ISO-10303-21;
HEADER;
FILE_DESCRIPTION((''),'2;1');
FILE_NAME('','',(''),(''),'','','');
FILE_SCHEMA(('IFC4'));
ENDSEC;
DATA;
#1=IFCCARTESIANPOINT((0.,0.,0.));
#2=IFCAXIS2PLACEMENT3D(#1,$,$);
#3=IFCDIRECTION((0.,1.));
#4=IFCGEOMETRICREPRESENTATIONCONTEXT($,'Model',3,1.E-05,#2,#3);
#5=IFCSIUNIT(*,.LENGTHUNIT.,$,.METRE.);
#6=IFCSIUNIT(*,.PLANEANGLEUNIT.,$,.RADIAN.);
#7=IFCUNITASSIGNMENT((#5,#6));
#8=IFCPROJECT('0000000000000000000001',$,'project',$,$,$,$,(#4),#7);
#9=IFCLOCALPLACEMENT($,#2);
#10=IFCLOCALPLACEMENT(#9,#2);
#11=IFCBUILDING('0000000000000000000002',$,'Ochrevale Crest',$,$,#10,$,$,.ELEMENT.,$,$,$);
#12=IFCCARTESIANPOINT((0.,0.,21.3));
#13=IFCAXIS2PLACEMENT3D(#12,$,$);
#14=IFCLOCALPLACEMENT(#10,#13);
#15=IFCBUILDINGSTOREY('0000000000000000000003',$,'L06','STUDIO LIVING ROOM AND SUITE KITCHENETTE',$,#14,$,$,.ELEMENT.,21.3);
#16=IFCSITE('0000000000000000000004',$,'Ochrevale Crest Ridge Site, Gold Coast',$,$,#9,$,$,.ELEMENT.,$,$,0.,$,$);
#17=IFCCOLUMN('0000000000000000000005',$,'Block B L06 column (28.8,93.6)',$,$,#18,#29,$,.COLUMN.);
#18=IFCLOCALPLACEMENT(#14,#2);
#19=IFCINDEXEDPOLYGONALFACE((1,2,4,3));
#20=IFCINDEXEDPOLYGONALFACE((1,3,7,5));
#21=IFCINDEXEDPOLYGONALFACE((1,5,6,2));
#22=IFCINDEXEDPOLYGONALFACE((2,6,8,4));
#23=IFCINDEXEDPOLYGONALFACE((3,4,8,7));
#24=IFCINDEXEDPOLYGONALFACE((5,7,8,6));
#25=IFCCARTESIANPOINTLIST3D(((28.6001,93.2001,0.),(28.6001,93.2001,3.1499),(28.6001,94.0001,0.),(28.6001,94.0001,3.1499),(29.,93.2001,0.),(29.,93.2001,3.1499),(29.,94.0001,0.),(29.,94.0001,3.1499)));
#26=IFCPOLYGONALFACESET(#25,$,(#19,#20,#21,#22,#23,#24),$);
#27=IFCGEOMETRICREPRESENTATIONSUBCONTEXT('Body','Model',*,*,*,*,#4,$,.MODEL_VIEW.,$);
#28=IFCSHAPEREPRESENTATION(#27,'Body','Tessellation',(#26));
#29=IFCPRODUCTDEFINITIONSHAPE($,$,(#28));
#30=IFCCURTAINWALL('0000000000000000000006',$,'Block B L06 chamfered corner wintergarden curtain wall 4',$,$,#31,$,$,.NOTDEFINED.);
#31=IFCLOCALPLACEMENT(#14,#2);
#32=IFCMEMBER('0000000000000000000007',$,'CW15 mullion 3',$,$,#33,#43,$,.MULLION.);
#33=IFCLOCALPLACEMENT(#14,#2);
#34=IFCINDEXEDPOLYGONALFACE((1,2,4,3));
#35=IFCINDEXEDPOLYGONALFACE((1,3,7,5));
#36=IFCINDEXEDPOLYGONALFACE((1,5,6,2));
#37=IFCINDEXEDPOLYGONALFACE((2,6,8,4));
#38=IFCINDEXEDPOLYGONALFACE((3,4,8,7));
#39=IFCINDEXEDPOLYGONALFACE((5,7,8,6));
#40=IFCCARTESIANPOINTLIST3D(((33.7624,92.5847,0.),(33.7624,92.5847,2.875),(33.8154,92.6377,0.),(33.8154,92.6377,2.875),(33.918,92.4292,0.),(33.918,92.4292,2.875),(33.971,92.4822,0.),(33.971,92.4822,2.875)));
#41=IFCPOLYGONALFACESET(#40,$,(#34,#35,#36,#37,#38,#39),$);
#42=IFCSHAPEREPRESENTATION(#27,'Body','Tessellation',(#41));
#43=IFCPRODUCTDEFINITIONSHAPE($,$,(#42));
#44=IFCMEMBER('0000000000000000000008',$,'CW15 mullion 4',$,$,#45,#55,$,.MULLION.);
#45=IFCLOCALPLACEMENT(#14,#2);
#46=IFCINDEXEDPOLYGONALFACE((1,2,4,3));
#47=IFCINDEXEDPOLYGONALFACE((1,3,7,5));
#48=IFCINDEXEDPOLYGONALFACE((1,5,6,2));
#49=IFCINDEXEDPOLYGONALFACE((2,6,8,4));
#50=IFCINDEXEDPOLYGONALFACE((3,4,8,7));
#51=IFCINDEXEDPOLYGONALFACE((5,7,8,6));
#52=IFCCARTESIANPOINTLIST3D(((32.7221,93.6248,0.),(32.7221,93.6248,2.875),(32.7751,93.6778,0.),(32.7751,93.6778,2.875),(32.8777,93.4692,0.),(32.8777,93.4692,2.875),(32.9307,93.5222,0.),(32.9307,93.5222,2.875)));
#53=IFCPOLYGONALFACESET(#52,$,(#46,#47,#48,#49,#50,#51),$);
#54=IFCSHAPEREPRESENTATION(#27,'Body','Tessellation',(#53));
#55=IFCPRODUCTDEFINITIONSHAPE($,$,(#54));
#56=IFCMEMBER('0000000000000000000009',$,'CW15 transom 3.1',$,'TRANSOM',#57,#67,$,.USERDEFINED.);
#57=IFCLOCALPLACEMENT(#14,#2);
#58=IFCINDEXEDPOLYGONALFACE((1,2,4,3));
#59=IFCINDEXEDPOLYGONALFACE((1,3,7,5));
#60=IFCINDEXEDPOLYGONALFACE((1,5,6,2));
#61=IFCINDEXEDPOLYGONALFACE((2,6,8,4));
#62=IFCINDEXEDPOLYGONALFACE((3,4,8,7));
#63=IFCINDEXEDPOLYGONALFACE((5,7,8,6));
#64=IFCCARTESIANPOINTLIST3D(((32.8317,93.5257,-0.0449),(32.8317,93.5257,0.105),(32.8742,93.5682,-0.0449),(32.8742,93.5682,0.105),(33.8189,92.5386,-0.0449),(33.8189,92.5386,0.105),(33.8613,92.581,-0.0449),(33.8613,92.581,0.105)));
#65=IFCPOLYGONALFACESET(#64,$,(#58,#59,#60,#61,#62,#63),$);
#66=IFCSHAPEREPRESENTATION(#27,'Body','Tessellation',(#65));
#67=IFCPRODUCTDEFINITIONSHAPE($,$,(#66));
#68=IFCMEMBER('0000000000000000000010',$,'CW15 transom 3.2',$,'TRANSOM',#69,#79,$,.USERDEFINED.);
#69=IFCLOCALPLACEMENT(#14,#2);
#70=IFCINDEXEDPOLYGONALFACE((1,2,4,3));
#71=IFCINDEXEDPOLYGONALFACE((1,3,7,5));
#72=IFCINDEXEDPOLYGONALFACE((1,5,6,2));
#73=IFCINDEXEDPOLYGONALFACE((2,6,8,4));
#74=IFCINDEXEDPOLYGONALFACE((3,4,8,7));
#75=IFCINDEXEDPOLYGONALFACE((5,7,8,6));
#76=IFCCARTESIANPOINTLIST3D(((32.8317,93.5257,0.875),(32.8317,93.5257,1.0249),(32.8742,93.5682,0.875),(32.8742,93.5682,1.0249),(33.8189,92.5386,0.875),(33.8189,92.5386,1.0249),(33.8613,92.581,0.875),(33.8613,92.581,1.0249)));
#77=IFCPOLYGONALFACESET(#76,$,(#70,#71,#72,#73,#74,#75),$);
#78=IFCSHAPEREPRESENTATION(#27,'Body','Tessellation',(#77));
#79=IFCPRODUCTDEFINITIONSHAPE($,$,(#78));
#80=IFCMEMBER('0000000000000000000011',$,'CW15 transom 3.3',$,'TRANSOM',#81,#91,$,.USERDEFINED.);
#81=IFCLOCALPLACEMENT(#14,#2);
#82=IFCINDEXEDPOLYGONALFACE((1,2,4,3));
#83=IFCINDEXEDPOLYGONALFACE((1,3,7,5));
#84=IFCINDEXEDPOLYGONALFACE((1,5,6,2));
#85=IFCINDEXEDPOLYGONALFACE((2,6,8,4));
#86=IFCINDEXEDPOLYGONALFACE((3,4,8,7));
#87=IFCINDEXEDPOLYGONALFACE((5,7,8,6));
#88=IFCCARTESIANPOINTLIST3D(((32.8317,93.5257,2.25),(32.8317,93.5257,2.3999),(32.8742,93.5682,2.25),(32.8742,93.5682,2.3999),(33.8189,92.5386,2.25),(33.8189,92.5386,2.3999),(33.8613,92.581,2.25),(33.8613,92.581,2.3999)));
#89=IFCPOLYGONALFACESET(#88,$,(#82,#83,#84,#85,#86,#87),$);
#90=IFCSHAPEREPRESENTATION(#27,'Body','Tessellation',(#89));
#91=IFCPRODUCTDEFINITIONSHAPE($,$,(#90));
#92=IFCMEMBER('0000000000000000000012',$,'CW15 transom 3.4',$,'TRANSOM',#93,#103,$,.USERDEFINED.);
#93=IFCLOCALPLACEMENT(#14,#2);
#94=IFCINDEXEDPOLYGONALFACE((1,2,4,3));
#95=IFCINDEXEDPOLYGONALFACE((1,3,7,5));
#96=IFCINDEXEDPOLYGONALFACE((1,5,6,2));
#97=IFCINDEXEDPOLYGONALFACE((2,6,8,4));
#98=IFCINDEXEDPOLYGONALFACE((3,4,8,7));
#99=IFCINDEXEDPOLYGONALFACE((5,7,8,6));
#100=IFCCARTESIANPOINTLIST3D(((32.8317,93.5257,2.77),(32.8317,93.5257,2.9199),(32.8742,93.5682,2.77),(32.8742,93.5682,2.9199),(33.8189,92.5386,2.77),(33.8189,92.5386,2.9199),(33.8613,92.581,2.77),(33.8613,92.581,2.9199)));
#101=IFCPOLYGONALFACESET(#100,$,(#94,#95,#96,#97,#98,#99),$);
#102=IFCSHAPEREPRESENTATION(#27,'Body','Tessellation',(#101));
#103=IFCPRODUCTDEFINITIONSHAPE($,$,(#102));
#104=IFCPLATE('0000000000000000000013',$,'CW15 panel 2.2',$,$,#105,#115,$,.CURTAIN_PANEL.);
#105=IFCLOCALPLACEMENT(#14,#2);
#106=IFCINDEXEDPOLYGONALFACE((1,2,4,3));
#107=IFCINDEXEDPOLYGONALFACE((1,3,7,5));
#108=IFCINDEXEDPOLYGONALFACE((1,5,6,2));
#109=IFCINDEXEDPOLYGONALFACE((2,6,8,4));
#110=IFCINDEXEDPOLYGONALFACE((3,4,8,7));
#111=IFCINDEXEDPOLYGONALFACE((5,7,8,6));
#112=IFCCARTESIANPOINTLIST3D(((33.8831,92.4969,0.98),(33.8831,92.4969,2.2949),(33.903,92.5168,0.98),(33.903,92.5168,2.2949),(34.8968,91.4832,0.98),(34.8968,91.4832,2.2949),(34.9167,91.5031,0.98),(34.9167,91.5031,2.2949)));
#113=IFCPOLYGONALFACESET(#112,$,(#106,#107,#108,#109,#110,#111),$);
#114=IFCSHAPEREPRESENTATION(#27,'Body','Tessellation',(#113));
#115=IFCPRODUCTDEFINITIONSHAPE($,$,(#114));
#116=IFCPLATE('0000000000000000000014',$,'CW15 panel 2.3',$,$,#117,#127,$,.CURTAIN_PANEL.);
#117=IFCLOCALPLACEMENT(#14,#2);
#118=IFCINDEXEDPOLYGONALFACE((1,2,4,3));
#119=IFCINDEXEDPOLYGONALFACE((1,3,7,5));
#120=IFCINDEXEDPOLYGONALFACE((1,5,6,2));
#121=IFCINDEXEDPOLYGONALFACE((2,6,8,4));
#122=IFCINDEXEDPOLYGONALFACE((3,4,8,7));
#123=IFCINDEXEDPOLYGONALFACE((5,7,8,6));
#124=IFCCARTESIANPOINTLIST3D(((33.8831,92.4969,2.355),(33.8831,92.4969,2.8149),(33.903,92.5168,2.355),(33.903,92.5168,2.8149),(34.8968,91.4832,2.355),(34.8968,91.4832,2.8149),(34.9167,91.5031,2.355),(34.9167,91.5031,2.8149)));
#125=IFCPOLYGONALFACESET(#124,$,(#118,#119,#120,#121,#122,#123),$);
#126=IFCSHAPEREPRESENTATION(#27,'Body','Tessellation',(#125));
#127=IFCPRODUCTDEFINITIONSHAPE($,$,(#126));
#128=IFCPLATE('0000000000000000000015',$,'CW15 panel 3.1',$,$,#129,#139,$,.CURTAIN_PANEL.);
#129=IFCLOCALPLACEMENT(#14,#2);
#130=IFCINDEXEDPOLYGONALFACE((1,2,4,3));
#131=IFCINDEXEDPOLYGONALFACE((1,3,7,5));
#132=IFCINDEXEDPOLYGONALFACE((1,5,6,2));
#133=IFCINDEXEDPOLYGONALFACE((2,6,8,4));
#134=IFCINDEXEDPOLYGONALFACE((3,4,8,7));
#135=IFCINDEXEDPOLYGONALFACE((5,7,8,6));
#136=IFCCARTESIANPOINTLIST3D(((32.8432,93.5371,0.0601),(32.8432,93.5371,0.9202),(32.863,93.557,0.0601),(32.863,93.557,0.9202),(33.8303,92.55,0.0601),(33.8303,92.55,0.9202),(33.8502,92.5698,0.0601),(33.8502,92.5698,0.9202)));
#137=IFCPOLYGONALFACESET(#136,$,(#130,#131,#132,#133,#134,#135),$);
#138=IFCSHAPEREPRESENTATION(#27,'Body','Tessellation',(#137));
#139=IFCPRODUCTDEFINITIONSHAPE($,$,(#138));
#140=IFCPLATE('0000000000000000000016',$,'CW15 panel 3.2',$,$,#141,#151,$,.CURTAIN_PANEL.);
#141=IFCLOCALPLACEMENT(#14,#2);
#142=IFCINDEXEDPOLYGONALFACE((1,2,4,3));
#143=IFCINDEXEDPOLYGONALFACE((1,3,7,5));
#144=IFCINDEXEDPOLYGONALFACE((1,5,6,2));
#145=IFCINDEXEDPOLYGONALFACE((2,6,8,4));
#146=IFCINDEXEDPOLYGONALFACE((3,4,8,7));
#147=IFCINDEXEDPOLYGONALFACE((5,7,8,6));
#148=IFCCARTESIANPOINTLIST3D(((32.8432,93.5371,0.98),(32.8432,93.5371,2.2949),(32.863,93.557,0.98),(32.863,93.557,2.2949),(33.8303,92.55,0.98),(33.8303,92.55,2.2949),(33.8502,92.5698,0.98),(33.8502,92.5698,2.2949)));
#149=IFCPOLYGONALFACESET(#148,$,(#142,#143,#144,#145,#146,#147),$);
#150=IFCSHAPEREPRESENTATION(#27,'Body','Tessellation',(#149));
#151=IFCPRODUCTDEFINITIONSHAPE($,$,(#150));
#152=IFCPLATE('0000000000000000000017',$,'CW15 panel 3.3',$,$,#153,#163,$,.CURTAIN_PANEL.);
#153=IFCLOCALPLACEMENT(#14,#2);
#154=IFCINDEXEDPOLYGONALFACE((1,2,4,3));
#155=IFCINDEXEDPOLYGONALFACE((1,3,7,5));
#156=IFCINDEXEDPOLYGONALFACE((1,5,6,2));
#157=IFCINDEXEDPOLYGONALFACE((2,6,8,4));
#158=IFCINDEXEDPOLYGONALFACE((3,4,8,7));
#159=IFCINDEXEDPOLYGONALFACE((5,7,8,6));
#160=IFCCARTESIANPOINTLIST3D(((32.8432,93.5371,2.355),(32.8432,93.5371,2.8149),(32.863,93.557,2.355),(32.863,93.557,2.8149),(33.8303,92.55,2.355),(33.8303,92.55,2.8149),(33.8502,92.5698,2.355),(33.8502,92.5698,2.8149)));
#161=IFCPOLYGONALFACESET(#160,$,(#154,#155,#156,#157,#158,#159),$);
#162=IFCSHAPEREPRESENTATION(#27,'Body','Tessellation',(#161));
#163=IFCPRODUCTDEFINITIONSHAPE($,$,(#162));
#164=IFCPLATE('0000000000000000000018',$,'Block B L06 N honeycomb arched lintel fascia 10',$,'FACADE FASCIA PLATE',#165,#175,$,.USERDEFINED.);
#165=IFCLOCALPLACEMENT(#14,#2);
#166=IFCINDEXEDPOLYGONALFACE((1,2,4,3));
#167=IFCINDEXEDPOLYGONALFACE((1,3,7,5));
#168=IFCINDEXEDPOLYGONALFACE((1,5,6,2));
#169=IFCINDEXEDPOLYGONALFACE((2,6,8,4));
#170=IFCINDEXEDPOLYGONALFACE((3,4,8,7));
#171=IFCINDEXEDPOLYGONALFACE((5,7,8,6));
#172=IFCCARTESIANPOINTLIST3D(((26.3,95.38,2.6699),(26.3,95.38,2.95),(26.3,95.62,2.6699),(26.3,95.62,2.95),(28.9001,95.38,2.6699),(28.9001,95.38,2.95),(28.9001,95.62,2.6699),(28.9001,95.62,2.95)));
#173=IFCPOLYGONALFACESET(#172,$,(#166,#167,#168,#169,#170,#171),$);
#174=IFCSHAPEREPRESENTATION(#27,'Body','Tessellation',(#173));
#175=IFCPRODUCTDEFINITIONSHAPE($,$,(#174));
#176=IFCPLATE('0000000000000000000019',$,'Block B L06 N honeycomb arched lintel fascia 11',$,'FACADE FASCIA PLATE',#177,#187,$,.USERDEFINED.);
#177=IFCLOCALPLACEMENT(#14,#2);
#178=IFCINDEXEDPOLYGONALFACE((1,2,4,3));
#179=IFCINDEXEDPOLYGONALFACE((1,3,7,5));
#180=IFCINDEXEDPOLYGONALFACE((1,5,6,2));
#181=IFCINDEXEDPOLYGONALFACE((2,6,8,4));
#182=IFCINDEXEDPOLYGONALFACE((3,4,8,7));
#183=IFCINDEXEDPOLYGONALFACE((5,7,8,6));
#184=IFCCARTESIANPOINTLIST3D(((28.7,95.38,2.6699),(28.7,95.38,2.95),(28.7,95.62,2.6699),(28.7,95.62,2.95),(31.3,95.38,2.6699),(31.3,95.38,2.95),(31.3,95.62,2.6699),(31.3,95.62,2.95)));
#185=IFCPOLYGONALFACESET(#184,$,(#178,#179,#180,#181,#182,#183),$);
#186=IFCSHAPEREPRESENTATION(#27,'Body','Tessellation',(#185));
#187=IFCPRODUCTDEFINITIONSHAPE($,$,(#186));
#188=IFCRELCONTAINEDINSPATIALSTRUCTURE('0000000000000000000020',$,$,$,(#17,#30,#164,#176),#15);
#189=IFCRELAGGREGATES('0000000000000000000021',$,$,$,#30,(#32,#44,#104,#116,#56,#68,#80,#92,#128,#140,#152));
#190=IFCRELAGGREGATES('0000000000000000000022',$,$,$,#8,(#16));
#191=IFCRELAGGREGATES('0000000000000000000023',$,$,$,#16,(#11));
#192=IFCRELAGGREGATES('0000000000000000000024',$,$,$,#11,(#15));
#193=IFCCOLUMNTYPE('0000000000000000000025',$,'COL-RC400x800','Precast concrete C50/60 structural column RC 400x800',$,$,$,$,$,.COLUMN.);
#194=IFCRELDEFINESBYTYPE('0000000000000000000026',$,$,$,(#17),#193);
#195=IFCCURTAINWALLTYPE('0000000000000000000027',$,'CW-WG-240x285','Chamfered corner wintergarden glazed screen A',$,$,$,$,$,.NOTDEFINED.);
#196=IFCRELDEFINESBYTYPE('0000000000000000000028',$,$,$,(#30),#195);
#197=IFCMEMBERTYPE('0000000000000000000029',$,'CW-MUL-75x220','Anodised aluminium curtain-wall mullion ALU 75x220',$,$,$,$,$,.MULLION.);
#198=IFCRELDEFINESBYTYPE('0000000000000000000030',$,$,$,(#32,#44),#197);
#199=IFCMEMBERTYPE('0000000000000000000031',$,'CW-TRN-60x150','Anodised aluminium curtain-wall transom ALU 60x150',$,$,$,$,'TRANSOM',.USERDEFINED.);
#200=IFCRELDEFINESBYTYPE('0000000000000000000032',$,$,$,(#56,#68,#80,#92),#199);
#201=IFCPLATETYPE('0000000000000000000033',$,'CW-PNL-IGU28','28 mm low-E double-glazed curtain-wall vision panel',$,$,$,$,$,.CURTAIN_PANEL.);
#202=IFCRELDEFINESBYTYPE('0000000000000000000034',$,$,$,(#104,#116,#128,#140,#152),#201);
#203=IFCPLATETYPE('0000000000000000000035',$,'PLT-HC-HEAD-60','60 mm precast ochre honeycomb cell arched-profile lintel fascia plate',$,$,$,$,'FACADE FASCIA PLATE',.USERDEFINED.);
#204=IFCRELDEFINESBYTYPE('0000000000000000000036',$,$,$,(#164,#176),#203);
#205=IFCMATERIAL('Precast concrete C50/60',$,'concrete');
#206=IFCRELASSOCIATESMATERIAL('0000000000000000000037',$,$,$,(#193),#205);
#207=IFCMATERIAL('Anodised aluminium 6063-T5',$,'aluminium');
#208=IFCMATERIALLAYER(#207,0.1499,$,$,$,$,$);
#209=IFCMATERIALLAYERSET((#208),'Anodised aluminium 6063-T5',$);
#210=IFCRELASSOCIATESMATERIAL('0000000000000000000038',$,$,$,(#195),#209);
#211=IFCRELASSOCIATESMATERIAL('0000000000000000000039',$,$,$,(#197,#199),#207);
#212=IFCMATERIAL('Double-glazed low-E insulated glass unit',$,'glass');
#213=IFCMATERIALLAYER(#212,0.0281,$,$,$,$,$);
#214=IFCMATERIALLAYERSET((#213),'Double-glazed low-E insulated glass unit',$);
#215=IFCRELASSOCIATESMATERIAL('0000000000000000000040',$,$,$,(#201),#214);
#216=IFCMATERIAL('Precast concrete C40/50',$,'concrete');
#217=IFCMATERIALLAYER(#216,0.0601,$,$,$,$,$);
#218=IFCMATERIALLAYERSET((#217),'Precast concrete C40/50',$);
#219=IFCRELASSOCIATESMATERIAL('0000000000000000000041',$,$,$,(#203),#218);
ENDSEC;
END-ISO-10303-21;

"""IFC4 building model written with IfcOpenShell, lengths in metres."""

from ifc_helpers import new_model, si_unit, direction, frame, origin, origin_2d, place, context, subcontext, project, spatial, rectangle, extrude, material, layer, layer_set, material_profile, profile_set, type_object, element, aggregate, save


model = new_model("IFC4")

# Units and contexts
model_context = context("Model", 3, precision=1e-05, world=origin(), true_north=direction((0.0, 1.0)))
body_context = subcontext(model_context, "Body", "Model", "MODEL_VIEW")
ifc_project = project(units=[si_unit("LENGTHUNIT", "METRE"), si_unit("PLANEANGLEUNIT", "RADIAN")], contexts=[model_context])

# Site, building, storey
site_placement = place(None, origin())
site = spatial("IfcSite", under=ifc_project, at=site_placement, Name="Ochrevale Crest Ridge Site, Gold Coast", CompositionType="ELEMENT", RefElevation=0.0)
building_placement = place(site_placement, origin())
building = spatial("IfcBuilding", under=site, at=building_placement, Name="Ochrevale Crest", CompositionType="ELEMENT")
storey_placement = place(building_placement, frame((0.0, 0.0, 21.3)))
storey = spatial("IfcBuildingStorey", under=building, at=storey_placement, Name="L06", Description="STUDIO LIVING ROOM AND SUITE KITCHENETTE", CompositionType="ELEMENT", Elevation=21.3)

# Column
ifc_material_1 = material(Name="Precast concrete C50/60", Category="concrete")
ifc_material_profile_1 = material_profile(ifc_material_1, rectangle(XDim=0.3999, YDim=0.8, at=origin_2d()), Name="RC 400x800")
ifc_profile_set_1 = profile_set([ifc_material_profile_1], Name="Precast concrete C50/60")
column_type = type_object("IfcColumnType", Name="COL-RC400x800", Description="Precast concrete C50/60 structural column RC 400x800", PredefinedType="COLUMN", material=ifc_profile_set_1)
column_placement = place(storey_placement, frame((28.8, 93.6001, 0.0), z_axis=(0.0, 0.0, 1.0), x_axis=(1.0, 0.0, 0.0)))
element("IfcColumn", 1, at=column_placement, inside=storey, type_object=column_type, Name="Block B L06 column (28.8,93.6)", PredefinedType="COLUMN", context=body_context, shape_type="SweptSolid", body=[
    extrude(rectangle(XDim=0.3999, YDim=0.8, at=origin_2d()), origin(), (0.0, 0.0, 1.0), 3.1499),
])

# Curtain wall, members, plates
ifc_material_2 = material(Name="Anodised aluminium 6063-T5", Category="aluminium")
ifc_layer_1 = layer(ifc_material_2, 0.1499)
ifc_layer_set_1 = layer_set([ifc_layer_1], Name="Anodised aluminium 6063-T5")
curtain_wall_type = type_object("IfcCurtainWallType", Name="CW-WG-240x285", Description="Chamfered corner wintergarden glazed screen A", PredefinedType="NOTDEFINED", material=ifc_layer_set_1)
curtain_wall_placement = place(storey_placement, origin())
curtain_wall = element("IfcCurtainWall", 2, at=curtain_wall_placement, inside=storey, type_object=curtain_wall_type, Name="Block B L06 chamfered corner wintergarden curtain wall 4", PredefinedType="NOTDEFINED")
ifc_material_profile_2 = material_profile(ifc_material_2, rectangle(XDim=0.075, YDim=0.22, at=origin_2d()), Name="ALU 75x220")
ifc_profile_set_2 = profile_set([ifc_material_profile_2], Name="Anodised aluminium 6063-T5")
member_type_1 = type_object("IfcMemberType", Name="CW-MUL-75x220", Description="Anodised aluminium curtain-wall mullion ALU 75x220", PredefinedType="MULLION", material=ifc_profile_set_2)
member_1_placement = place(storey_placement, frame((33.8667, 92.5334, 0.0), z_axis=(0.0, 0.0, 1.0), x_axis=(-0.707107, -0.707107, 0.0)))
member_1 = element("IfcMember", 3, at=member_1_placement, type_object=member_type_1, Name="CW15 mullion 3", PredefinedType="MULLION", context=body_context, shape_type="SweptSolid", body=[
    extrude(rectangle(XDim=0.075, YDim=0.22, at=origin_2d()), origin(), (0.0, 0.0, 1.0), 2.875),
])
member_2_placement = place(storey_placement, frame((32.8264, 93.5735, 0.0), z_axis=(0.0, 0.0, 1.0), x_axis=(-0.707107, -0.707107, 0.0)))
member_2 = element("IfcMember", 4, at=member_2_placement, type_object=member_type_1, Name="CW15 mullion 4", PredefinedType="MULLION", context=body_context, shape_type="SweptSolid", body=[
    extrude(rectangle(XDim=0.075, YDim=0.22, at=origin_2d()), origin(), (0.0, 0.0, 1.0), 2.875),
])
ifc_material_profile_3 = material_profile(ifc_material_2, rectangle(XDim=0.0601, YDim=0.1499, at=origin_2d()), Name="ALU 60x150")
ifc_profile_set_3 = profile_set([ifc_material_profile_3], Name="Anodised aluminium 6063-T5")
member_type_2 = type_object("IfcMemberType", Name="CW-TRN-60x150", Description="Anodised aluminium curtain-wall transom ALU 60x150", ElementType="TRANSOM", PredefinedType="USERDEFINED", material=ifc_profile_set_3)
member_3_placement = place(storey_placement, frame((33.8401, 92.5598, 0.03), z_axis=(-0.707107, 0.707107, 0.0), x_axis=(-0.707107, -0.707107, 0.0)))
member_3 = element("IfcMember", 5, at=member_3_placement, type_object=member_type_2, Name="CW15 transom 3.1", ObjectType="TRANSOM", PredefinedType="USERDEFINED", context=body_context, shape_type="SweptSolid", body=[
    extrude(rectangle(XDim=0.0601, YDim=0.1499, at=origin_2d()), origin(), (0.0, 0.0, 1.0), 1.396),
])
member_4_placement = place(storey_placement, frame((33.8401, 92.5598, 0.95), z_axis=(-0.707107, 0.707107, 0.0), x_axis=(-0.707107, -0.707107, 0.0)))
member_4 = element("IfcMember", 6, at=member_4_placement, type_object=member_type_2, Name="CW15 transom 3.2", ObjectType="TRANSOM", PredefinedType="USERDEFINED", context=body_context, shape_type="SweptSolid", body=[
    extrude(rectangle(XDim=0.0601, YDim=0.1499, at=origin_2d()), origin(), (0.0, 0.0, 1.0), 1.396),
])
member_5_placement = place(storey_placement, frame((33.8401, 92.5598, 2.325), z_axis=(-0.707107, 0.707107, 0.0), x_axis=(-0.707107, -0.707107, 0.0)))
member_5 = element("IfcMember", 7, at=member_5_placement, type_object=member_type_2, Name="CW15 transom 3.3", ObjectType="TRANSOM", PredefinedType="USERDEFINED", context=body_context, shape_type="SweptSolid", body=[
    extrude(rectangle(XDim=0.0601, YDim=0.1499, at=origin_2d()), origin(), (0.0, 0.0, 1.0), 1.396),
])
member_6_placement = place(storey_placement, frame((33.8401, 92.5598, 2.845), z_axis=(-0.707107, 0.707107, 0.0), x_axis=(-0.707107, -0.707107, 0.0)))
member_6 = element("IfcMember", 8, at=member_6_placement, type_object=member_type_2, Name="CW15 transom 3.4", ObjectType="TRANSOM", PredefinedType="USERDEFINED", context=body_context, shape_type="SweptSolid", body=[
    extrude(rectangle(XDim=0.0601, YDim=0.1499, at=origin_2d()), origin(), (0.0, 0.0, 1.0), 1.396),
])
ifc_material_3 = material(Name="Double-glazed low-E insulated glass unit", Category="glass")
ifc_layer_2 = layer(ifc_material_3, 0.0281)
ifc_layer_set_2 = layer_set([ifc_layer_2], Name="Double-glazed low-E insulated glass unit")
plate_type_1 = type_object("IfcPlateType", Name="CW-PNL-IGU28", Description="28 mm low-E double-glazed curtain-wall vision panel", PredefinedType="CURTAIN_PANEL", material=ifc_layer_set_2)
plate_1_placement = place(storey_placement, frame((34.3999, 92.0, 0.98), z_axis=(0.0, 0.0, 1.0), x_axis=(-0.707107, 0.707107, 0.0)))
plate_1 = element("IfcPlate", 9, at=plate_1_placement, type_object=plate_type_1, Name="CW15 panel 2.2", PredefinedType="CURTAIN_PANEL", context=body_context, shape_type="SweptSolid", body=[
    extrude(rectangle(XDim=1.4336, YDim=0.0281, at=origin_2d()), origin(), (0.0, 0.0, 1.0), 1.3149),
])
plate_2_placement = place(storey_placement, frame((34.3999, 92.0, 2.355), z_axis=(0.0, 0.0, 1.0), x_axis=(-0.707107, 0.707107, 0.0)))
plate_2 = element("IfcPlate", 10, at=plate_2_placement, type_object=plate_type_1, Name="CW15 panel 2.3", PredefinedType="CURTAIN_PANEL", context=body_context, shape_type="SweptSolid", body=[
    extrude(rectangle(XDim=1.4336, YDim=0.0281, at=origin_2d()), origin(), (0.0, 0.0, 1.0), 0.46),
])
plate_3_placement = place(storey_placement, frame((33.3467, 93.0535, 0.0601), z_axis=(0.0, 0.0, 1.0), x_axis=(-0.707107, 0.707107, 0.0)))
plate_3 = element("IfcPlate", 11, at=plate_3_placement, type_object=plate_type_1, Name="CW15 panel 3.1", PredefinedType="CURTAIN_PANEL", context=body_context, shape_type="SweptSolid", body=[
    extrude(rectangle(XDim=1.396, YDim=0.0281, at=origin_2d()), origin(), (0.0, 0.0, 1.0), 0.8601),
])
plate_4_placement = place(storey_placement, frame((33.3467, 93.0535, 0.98), z_axis=(0.0, 0.0, 1.0), x_axis=(-0.707107, 0.707107, 0.0)))
plate_4 = element("IfcPlate", 12, at=plate_4_placement, type_object=plate_type_1, Name="CW15 panel 3.2", PredefinedType="CURTAIN_PANEL", context=body_context, shape_type="SweptSolid", body=[
    extrude(rectangle(XDim=1.396, YDim=0.0281, at=origin_2d()), origin(), (0.0, 0.0, 1.0), 1.3149),
])
plate_5_placement = place(storey_placement, frame((33.3467, 93.0535, 2.355), z_axis=(0.0, 0.0, 1.0), x_axis=(-0.707107, 0.707107, 0.0)))
plate_5 = element("IfcPlate", 13, at=plate_5_placement, type_object=plate_type_1, Name="CW15 panel 3.3", PredefinedType="CURTAIN_PANEL", context=body_context, shape_type="SweptSolid", body=[
    extrude(rectangle(XDim=1.396, YDim=0.0281, at=origin_2d()), origin(), (0.0, 0.0, 1.0), 0.46),
])
aggregate(curtain_wall, [member_1, member_2, plate_1, plate_2, member_3, member_4, member_5, member_6, plate_3, plate_4, plate_5])

# Plates
ifc_material_4 = material(Name="Precast concrete C40/50", Category="concrete")
ifc_layer_3 = layer(ifc_material_4, 0.0601)
ifc_layer_set_3 = layer_set([ifc_layer_3], Name="Precast concrete C40/50")
plate_type_2 = type_object("IfcPlateType", Name="PLT-HC-HEAD-60", Description="60 mm precast ochre honeycomb cell arched-profile lintel fascia plate", ElementType="FACADE FASCIA PLATE", PredefinedType="USERDEFINED", material=ifc_layer_set_3)
for number, where, z_axis, x_axis, name in (
    (14, (27.6001, 95.5, 2.6699), (0.0, 0.0, 1.0), (1.0, 0.0, 0.0), "Block B L06 N honeycomb arched lintel fascia 10"),
    (15, (30.0, 95.5, 2.6699), (0.0, 0.0, 1.0), (1.0, 0.0, 0.0), "Block B L06 N honeycomb arched lintel fascia 11"),
):
    element("IfcPlate", number, at=place(storey_placement, frame(where, z_axis=z_axis, x_axis=x_axis)), inside=storey, type_object=plate_type_2, Name=name, ObjectType="FACADE FASCIA PLATE", PredefinedType="USERDEFINED", context=body_context, shape_type="SweptSolid", body=[
        extrude(rectangle(XDim=2.6001, YDim=0.24, at=origin_2d()), origin(), (0.0, 0.0, 1.0), 0.28),
    ])

save(model, "model.ifc")
